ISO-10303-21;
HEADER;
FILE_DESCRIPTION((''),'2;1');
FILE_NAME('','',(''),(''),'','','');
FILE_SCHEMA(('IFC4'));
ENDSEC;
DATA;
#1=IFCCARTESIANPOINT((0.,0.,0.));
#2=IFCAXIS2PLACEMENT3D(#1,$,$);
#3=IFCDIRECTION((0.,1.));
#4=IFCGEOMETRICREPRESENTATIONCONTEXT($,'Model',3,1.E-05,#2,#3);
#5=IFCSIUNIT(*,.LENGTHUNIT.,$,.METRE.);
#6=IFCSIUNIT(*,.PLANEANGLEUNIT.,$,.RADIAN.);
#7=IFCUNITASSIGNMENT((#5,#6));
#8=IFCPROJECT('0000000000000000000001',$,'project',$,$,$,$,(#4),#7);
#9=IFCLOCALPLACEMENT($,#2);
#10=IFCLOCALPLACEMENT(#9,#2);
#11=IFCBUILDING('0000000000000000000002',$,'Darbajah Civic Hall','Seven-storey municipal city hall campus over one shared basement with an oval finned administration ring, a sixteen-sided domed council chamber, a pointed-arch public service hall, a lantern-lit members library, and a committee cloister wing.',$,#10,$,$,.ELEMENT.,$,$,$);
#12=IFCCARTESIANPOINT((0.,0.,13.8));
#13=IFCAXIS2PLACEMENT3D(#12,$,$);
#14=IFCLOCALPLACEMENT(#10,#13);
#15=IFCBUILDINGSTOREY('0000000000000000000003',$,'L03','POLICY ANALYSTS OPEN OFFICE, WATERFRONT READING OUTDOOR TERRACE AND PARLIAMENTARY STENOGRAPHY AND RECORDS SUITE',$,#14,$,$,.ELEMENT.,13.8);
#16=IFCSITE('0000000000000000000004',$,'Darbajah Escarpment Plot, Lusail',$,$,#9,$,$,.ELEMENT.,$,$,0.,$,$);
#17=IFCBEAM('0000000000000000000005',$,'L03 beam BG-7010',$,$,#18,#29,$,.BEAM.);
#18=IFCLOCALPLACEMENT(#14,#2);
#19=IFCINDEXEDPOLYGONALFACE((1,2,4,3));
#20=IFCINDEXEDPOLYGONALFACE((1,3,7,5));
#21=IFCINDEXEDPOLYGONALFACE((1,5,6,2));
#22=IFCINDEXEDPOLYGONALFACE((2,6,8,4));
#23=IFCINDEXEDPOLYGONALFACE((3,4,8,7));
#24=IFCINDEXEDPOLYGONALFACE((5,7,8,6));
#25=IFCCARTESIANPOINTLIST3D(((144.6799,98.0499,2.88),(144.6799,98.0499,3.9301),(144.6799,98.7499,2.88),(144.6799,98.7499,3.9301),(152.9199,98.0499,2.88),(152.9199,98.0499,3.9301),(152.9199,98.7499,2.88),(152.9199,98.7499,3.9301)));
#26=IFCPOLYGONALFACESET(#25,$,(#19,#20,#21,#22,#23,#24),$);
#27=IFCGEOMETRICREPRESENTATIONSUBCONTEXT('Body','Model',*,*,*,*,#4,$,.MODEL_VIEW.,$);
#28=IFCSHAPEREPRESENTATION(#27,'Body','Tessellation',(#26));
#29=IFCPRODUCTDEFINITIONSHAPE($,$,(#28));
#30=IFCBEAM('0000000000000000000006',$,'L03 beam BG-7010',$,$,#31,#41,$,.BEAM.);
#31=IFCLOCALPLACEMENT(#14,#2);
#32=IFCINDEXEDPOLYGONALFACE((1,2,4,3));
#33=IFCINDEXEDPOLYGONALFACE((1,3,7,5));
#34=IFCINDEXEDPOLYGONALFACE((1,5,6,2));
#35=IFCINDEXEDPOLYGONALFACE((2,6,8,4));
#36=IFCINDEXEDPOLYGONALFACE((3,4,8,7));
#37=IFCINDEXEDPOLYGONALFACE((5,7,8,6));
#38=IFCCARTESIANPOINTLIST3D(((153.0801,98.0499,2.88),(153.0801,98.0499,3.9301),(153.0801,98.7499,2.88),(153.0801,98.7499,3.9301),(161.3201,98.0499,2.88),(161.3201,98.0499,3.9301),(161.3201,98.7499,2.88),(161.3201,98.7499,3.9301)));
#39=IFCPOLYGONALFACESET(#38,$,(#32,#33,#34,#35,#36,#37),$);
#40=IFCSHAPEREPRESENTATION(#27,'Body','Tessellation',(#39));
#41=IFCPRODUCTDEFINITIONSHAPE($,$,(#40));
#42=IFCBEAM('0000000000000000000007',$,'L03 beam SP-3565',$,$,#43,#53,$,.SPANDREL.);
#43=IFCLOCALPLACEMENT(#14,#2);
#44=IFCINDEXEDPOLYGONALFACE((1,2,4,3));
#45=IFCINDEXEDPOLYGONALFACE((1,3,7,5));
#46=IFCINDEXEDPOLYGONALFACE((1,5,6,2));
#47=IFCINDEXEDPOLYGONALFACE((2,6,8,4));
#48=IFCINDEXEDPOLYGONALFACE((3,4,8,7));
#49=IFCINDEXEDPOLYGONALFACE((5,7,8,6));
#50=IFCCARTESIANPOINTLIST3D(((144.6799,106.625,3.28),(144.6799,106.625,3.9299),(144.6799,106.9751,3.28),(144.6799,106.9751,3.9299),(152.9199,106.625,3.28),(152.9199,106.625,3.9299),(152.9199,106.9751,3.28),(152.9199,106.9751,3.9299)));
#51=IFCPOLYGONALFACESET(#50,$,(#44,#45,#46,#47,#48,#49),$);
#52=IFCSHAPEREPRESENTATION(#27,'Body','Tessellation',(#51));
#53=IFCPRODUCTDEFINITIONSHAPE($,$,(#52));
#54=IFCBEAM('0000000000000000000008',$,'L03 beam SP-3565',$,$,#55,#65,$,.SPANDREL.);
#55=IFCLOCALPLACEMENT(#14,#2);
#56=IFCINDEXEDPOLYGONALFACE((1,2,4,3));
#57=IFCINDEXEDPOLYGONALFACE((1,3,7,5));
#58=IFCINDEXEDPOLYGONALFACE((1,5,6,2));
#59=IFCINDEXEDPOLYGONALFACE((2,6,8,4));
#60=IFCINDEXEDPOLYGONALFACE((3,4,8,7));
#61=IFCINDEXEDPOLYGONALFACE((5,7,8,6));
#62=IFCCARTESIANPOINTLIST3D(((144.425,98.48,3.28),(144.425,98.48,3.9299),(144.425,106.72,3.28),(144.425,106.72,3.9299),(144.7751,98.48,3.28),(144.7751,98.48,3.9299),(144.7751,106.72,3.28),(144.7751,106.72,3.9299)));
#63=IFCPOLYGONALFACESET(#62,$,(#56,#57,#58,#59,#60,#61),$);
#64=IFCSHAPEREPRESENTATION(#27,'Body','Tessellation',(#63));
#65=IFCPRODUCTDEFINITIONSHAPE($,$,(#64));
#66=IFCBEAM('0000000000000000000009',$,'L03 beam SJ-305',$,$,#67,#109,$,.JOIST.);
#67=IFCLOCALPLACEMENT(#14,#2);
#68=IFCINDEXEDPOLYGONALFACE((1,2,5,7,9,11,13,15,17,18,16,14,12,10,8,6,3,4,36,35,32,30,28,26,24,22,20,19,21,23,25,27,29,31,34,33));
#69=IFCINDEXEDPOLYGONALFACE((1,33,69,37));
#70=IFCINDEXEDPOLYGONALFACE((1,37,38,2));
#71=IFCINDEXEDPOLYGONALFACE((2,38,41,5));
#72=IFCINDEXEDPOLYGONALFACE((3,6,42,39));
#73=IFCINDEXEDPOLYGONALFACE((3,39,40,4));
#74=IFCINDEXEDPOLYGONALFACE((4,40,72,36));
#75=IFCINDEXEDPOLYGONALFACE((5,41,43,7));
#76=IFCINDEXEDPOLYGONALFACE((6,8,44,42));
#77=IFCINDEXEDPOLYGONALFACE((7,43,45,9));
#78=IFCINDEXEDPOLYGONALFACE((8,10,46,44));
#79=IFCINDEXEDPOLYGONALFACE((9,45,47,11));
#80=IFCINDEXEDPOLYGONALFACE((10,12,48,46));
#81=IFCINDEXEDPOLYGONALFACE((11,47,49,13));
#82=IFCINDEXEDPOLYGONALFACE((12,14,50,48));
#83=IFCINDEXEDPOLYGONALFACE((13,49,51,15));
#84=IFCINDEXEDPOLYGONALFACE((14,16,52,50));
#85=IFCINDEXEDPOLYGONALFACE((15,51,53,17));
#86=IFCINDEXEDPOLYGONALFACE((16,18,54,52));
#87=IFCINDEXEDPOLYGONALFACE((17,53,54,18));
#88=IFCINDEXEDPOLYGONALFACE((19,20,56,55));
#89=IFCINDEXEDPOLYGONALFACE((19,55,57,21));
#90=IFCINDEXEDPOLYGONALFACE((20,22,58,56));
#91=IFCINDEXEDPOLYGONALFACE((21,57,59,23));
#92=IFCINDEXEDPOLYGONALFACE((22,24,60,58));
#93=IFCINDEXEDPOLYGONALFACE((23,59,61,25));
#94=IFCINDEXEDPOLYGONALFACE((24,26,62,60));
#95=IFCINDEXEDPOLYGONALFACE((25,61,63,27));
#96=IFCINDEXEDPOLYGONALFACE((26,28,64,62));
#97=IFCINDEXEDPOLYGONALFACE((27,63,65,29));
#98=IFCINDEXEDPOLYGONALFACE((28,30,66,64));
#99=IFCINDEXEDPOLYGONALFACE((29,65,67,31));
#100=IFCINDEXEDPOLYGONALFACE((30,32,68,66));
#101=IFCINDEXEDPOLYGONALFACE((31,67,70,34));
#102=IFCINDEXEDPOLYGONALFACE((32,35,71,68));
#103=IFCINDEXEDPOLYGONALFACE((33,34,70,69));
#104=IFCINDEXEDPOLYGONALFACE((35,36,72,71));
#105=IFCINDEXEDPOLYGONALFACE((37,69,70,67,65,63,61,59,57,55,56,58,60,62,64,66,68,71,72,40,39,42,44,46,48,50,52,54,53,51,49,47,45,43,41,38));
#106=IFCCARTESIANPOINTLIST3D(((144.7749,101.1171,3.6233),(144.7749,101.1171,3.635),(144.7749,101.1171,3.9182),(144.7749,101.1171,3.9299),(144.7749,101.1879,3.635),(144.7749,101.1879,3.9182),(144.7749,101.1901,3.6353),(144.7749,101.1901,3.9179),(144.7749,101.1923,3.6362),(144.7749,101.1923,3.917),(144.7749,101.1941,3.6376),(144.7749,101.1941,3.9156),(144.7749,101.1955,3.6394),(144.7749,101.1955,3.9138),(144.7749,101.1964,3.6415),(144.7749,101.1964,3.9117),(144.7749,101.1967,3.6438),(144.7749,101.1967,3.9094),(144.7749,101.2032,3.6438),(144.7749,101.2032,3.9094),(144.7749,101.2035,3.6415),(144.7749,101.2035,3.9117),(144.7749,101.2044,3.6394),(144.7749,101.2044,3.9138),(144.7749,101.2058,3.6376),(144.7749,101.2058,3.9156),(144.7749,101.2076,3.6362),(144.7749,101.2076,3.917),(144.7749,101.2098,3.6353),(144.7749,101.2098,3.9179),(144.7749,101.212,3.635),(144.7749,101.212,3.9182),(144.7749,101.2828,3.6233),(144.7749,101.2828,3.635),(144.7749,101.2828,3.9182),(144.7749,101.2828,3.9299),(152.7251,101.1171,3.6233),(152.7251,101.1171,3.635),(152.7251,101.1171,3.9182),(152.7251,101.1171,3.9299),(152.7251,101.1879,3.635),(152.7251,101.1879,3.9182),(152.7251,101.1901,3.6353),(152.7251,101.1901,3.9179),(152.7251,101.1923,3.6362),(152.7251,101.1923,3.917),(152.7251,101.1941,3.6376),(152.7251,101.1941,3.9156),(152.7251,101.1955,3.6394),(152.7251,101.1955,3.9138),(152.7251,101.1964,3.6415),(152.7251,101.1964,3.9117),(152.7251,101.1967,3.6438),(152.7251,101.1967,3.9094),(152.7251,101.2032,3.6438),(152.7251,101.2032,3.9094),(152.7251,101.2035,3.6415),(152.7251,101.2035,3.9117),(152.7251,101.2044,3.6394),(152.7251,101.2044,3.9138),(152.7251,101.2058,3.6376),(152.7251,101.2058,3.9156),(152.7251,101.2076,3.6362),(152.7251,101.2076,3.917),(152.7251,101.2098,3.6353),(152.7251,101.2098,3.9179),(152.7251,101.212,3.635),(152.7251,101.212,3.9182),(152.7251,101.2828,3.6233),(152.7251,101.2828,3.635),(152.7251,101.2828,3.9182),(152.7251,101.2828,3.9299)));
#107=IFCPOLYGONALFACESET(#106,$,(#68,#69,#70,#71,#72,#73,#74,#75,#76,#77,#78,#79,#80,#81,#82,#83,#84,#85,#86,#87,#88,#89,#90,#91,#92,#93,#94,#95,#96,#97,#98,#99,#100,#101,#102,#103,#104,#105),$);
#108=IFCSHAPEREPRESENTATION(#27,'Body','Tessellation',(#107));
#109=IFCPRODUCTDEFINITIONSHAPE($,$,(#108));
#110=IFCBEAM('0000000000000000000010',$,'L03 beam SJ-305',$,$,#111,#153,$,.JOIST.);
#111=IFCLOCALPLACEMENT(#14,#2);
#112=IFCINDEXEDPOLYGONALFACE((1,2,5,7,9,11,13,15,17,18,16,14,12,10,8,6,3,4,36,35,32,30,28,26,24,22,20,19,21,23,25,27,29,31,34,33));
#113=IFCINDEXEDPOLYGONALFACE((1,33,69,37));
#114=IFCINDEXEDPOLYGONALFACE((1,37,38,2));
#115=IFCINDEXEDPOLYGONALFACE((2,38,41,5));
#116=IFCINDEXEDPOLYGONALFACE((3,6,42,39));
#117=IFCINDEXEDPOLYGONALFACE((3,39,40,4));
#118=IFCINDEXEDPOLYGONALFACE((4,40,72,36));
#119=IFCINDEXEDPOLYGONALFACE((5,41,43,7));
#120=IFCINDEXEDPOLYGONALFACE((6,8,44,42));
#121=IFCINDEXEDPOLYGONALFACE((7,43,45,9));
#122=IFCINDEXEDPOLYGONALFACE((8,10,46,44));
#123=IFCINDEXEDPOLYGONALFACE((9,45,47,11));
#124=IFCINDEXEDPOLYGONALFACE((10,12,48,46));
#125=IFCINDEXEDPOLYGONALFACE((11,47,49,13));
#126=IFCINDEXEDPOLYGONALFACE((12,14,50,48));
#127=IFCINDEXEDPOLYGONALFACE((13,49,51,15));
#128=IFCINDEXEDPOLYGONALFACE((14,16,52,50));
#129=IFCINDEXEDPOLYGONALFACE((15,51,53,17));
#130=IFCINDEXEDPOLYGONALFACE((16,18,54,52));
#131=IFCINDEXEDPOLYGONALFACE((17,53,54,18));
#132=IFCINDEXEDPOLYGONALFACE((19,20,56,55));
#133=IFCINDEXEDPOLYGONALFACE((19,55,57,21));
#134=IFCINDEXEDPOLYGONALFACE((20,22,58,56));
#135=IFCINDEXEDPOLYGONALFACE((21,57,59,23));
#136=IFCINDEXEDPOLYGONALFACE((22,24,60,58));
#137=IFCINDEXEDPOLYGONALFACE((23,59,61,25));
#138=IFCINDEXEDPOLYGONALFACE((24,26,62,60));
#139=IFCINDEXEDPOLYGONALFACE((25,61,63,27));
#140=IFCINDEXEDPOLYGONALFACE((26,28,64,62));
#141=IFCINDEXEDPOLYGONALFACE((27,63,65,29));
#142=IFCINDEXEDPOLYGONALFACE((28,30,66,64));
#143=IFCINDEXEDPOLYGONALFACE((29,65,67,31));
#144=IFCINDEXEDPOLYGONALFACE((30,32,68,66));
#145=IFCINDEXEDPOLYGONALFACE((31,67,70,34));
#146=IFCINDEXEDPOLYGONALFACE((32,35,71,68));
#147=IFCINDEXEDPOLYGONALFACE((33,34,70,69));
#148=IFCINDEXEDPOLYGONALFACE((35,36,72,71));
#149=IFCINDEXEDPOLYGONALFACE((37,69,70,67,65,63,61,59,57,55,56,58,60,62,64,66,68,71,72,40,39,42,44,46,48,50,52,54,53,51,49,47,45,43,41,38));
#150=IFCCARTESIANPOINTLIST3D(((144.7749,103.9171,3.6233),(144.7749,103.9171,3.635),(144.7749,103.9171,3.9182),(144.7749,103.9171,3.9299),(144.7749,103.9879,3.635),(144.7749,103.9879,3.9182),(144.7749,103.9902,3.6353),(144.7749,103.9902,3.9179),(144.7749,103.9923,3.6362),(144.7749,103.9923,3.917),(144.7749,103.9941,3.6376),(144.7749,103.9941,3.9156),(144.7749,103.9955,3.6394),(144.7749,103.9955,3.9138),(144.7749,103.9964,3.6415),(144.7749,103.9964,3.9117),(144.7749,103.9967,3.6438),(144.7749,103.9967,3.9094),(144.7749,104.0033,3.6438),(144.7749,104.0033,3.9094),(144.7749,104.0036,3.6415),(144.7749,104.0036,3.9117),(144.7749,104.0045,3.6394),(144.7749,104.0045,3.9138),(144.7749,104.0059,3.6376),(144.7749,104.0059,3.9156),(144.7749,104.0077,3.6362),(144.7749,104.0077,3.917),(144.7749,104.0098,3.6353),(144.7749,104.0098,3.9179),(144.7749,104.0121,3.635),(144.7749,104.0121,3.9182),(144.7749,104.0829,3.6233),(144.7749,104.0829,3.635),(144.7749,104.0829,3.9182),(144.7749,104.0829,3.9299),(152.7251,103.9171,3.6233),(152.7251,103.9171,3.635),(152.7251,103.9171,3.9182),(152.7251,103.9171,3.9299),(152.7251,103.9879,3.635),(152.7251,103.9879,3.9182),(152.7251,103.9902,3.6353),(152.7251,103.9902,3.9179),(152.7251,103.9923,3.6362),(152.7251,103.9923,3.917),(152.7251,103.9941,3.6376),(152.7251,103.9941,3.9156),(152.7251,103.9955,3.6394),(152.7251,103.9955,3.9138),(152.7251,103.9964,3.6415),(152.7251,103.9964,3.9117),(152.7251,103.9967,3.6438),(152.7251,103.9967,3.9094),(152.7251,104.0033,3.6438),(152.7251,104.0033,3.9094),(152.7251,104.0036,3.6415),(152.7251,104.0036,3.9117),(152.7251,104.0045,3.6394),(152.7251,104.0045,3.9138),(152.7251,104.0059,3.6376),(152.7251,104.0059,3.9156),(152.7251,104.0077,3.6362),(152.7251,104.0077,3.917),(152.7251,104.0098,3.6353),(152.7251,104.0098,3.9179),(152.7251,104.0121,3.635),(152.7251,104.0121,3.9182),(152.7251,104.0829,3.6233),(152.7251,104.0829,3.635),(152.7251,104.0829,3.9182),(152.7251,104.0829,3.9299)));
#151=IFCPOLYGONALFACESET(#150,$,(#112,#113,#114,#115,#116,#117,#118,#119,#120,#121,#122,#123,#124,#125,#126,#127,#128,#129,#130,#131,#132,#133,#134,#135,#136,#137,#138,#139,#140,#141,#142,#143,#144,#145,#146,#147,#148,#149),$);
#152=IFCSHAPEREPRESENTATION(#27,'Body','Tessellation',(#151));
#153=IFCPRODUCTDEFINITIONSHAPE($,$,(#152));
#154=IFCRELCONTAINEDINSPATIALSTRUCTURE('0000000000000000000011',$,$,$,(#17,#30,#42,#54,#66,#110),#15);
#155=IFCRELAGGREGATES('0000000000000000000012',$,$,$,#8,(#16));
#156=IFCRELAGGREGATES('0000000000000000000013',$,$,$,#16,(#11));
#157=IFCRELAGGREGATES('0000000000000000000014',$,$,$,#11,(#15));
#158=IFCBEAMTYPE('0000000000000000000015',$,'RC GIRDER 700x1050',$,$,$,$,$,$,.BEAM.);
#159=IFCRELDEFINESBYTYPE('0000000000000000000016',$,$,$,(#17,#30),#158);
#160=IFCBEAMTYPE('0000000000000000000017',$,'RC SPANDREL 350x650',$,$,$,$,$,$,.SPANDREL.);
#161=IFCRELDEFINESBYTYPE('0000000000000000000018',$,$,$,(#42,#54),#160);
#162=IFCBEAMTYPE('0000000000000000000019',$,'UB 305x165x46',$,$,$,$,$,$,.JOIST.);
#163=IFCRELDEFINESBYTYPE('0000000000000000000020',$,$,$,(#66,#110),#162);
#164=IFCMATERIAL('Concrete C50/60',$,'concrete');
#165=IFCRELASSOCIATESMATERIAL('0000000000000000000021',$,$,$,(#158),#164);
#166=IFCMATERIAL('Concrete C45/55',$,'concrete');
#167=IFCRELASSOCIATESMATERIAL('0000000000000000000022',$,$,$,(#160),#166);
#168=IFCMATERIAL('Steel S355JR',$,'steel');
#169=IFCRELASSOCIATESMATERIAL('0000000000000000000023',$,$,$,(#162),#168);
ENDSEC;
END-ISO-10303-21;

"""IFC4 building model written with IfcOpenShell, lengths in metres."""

from ifc_helpers import new_model, si_unit, direction, frame, origin, origin_2d, place, context, subcontext, project, spatial, rectangle, i_section, extrude, material, material_profile, profile_set, type_object, element, save


model = new_model("IFC4")

# Units and contexts
model_context = context("Model", 3, precision=1e-05, world=origin(), true_north=direction((0.0, 1.0)))
body_context = subcontext(model_context, "Body", "Model", "MODEL_VIEW")
ifc_project = project(units=[si_unit("LENGTHUNIT", "METRE"), si_unit("PLANEANGLEUNIT", "RADIAN")], contexts=[model_context])

# Site, building, storey
site_placement = place(None, origin())
site = spatial("IfcSite", under=ifc_project, at=site_placement, Name="Darbajah Escarpment Plot, Lusail", CompositionType="ELEMENT", RefElevation=0.0)
building_placement = place(site_placement, origin())
building = spatial("IfcBuilding", under=site, at=building_placement, Name="Darbajah Civic Hall", Description="Seven-storey municipal city hall campus over one shared basement with an oval finned administration ring, a sixteen-sided domed council chamber, a pointed-arch public service hall, a lantern-lit members library, and a committee cloister wing.", CompositionType="ELEMENT")
storey_placement = place(building_placement, frame((0.0, 0.0, 13.8)))
storey = spatial("IfcBuildingStorey", under=building, at=storey_placement, Name="L03", Description="POLICY ANALYSTS OPEN OFFICE, WATERFRONT READING OUTDOOR TERRACE AND PARLIAMENTARY STENOGRAPHY AND RECORDS SUITE", CompositionType="ELEMENT", Elevation=13.8)

# Shared definitions
ifc_material_1 = material(Name="Steel S355JR", Category="steel")

# Beams
ifc_material_2 = material(Name="Concrete C45/55", Category="concrete")
ifc_material_3 = material(Name="Concrete C50/60", Category="concrete")
ifc_material_profile_1 = material_profile(ifc_material_3, rectangle(XDim=0.7, YDim=1.05, at=origin_2d()), Name="RC GIRDER 700x1050")
ifc_profile_set_1 = profile_set([ifc_material_profile_1], Name="Concrete C50/60")
beam_type_1 = type_object("IfcBeamType", Name="RC GIRDER 700x1050", PredefinedType="BEAM", material=ifc_profile_set_1)
for number, where, z_axis, x_axis, name in (
    (1, (144.6799, 98.3999, 3.405), (1.0, 0.0, 0.0), (0.0, 1.0, 0.0), "L03 beam BG-7010"),
    (2, (153.0801, 98.3999, 3.405), (1.0, 0.0, 0.0), (0.0, 1.0, 0.0), "L03 beam BG-7010"),
):
    element("IfcBeam", number, at=place(storey_placement, frame(where, z_axis=z_axis, x_axis=x_axis)), inside=storey, type_object=beam_type_1, Name=name, PredefinedType="BEAM", context=body_context, shape_type="SweptSolid", body=[
        extrude(rectangle(XDim=0.7, YDim=1.05, at=origin_2d()), origin(), (0.0, 0.0, 1.0), 8.24),
    ])
ifc_material_profile_2 = material_profile(ifc_material_2, rectangle(XDim=0.3501, YDim=0.6499, at=origin_2d()), Name="RC SPANDREL 350x650")
ifc_profile_set_2 = profile_set([ifc_material_profile_2], Name="Concrete C45/55")
beam_type_2 = type_object("IfcBeamType", Name="RC SPANDREL 350x650", PredefinedType="SPANDREL", material=ifc_profile_set_2)
for number, where, z_axis, x_axis, name in (
    (3, (144.6799, 106.8, 3.605), (1.0, 0.0, 0.0), (0.0, 1.0, 0.0), "L03 beam SP-3565"),
    (4, (144.6001, 98.48, 3.605), (0.0, 1.0, 0.0), (-1.0, 0.0, 0.0), "L03 beam SP-3565"),
):
    element("IfcBeam", number, at=place(storey_placement, frame(where, z_axis=z_axis, x_axis=x_axis)), inside=storey, type_object=beam_type_2, Name=name, PredefinedType="SPANDREL", context=body_context, shape_type="SweptSolid", body=[
        extrude(rectangle(XDim=0.3501, YDim=0.6499, at=origin_2d()), origin(), (0.0, 0.0, 1.0), 8.24),
    ])
ifc_material_profile_3 = material_profile(ifc_material_1, i_section(OverallWidth=0.1658, OverallDepth=0.3066, WebThickness=0.0066, FlangeThickness=0.0117, FilletRadius=0.0088, at=origin_2d()), Name="UB 305x165x46")
ifc_profile_set_3 = profile_set([ifc_material_profile_3], Name="Steel S355JR")
beam_type_3 = type_object("IfcBeamType", Name="UB 305x165x46", PredefinedType="JOIST", material=ifc_profile_set_3)
for number, where, z_axis, x_axis, name in (
    (5, (144.7749, 101.2, 3.7766), (1.0, 0.0, 0.0), (0.0, 1.0, 0.0), "L03 beam SJ-305"),
    (6, (144.7749, 104.0, 3.7766), (1.0, 0.0, 0.0), (0.0, 1.0, 0.0), "L03 beam SJ-305"),
):
    element("IfcBeam", number, at=place(storey_placement, frame(where, z_axis=z_axis, x_axis=x_axis)), inside=storey, type_object=beam_type_3, Name=name, PredefinedType="JOIST", context=body_context, shape_type="SweptSolid", body=[
        extrude(i_section(OverallWidth=0.1658, OverallDepth=0.3066, WebThickness=0.0066, FlangeThickness=0.0117, FilletRadius=0.0088, at=origin_2d()), origin(), (0.0, 0.0, 1.0), 7.9502),
    ])

save(model, "model.ifc")
